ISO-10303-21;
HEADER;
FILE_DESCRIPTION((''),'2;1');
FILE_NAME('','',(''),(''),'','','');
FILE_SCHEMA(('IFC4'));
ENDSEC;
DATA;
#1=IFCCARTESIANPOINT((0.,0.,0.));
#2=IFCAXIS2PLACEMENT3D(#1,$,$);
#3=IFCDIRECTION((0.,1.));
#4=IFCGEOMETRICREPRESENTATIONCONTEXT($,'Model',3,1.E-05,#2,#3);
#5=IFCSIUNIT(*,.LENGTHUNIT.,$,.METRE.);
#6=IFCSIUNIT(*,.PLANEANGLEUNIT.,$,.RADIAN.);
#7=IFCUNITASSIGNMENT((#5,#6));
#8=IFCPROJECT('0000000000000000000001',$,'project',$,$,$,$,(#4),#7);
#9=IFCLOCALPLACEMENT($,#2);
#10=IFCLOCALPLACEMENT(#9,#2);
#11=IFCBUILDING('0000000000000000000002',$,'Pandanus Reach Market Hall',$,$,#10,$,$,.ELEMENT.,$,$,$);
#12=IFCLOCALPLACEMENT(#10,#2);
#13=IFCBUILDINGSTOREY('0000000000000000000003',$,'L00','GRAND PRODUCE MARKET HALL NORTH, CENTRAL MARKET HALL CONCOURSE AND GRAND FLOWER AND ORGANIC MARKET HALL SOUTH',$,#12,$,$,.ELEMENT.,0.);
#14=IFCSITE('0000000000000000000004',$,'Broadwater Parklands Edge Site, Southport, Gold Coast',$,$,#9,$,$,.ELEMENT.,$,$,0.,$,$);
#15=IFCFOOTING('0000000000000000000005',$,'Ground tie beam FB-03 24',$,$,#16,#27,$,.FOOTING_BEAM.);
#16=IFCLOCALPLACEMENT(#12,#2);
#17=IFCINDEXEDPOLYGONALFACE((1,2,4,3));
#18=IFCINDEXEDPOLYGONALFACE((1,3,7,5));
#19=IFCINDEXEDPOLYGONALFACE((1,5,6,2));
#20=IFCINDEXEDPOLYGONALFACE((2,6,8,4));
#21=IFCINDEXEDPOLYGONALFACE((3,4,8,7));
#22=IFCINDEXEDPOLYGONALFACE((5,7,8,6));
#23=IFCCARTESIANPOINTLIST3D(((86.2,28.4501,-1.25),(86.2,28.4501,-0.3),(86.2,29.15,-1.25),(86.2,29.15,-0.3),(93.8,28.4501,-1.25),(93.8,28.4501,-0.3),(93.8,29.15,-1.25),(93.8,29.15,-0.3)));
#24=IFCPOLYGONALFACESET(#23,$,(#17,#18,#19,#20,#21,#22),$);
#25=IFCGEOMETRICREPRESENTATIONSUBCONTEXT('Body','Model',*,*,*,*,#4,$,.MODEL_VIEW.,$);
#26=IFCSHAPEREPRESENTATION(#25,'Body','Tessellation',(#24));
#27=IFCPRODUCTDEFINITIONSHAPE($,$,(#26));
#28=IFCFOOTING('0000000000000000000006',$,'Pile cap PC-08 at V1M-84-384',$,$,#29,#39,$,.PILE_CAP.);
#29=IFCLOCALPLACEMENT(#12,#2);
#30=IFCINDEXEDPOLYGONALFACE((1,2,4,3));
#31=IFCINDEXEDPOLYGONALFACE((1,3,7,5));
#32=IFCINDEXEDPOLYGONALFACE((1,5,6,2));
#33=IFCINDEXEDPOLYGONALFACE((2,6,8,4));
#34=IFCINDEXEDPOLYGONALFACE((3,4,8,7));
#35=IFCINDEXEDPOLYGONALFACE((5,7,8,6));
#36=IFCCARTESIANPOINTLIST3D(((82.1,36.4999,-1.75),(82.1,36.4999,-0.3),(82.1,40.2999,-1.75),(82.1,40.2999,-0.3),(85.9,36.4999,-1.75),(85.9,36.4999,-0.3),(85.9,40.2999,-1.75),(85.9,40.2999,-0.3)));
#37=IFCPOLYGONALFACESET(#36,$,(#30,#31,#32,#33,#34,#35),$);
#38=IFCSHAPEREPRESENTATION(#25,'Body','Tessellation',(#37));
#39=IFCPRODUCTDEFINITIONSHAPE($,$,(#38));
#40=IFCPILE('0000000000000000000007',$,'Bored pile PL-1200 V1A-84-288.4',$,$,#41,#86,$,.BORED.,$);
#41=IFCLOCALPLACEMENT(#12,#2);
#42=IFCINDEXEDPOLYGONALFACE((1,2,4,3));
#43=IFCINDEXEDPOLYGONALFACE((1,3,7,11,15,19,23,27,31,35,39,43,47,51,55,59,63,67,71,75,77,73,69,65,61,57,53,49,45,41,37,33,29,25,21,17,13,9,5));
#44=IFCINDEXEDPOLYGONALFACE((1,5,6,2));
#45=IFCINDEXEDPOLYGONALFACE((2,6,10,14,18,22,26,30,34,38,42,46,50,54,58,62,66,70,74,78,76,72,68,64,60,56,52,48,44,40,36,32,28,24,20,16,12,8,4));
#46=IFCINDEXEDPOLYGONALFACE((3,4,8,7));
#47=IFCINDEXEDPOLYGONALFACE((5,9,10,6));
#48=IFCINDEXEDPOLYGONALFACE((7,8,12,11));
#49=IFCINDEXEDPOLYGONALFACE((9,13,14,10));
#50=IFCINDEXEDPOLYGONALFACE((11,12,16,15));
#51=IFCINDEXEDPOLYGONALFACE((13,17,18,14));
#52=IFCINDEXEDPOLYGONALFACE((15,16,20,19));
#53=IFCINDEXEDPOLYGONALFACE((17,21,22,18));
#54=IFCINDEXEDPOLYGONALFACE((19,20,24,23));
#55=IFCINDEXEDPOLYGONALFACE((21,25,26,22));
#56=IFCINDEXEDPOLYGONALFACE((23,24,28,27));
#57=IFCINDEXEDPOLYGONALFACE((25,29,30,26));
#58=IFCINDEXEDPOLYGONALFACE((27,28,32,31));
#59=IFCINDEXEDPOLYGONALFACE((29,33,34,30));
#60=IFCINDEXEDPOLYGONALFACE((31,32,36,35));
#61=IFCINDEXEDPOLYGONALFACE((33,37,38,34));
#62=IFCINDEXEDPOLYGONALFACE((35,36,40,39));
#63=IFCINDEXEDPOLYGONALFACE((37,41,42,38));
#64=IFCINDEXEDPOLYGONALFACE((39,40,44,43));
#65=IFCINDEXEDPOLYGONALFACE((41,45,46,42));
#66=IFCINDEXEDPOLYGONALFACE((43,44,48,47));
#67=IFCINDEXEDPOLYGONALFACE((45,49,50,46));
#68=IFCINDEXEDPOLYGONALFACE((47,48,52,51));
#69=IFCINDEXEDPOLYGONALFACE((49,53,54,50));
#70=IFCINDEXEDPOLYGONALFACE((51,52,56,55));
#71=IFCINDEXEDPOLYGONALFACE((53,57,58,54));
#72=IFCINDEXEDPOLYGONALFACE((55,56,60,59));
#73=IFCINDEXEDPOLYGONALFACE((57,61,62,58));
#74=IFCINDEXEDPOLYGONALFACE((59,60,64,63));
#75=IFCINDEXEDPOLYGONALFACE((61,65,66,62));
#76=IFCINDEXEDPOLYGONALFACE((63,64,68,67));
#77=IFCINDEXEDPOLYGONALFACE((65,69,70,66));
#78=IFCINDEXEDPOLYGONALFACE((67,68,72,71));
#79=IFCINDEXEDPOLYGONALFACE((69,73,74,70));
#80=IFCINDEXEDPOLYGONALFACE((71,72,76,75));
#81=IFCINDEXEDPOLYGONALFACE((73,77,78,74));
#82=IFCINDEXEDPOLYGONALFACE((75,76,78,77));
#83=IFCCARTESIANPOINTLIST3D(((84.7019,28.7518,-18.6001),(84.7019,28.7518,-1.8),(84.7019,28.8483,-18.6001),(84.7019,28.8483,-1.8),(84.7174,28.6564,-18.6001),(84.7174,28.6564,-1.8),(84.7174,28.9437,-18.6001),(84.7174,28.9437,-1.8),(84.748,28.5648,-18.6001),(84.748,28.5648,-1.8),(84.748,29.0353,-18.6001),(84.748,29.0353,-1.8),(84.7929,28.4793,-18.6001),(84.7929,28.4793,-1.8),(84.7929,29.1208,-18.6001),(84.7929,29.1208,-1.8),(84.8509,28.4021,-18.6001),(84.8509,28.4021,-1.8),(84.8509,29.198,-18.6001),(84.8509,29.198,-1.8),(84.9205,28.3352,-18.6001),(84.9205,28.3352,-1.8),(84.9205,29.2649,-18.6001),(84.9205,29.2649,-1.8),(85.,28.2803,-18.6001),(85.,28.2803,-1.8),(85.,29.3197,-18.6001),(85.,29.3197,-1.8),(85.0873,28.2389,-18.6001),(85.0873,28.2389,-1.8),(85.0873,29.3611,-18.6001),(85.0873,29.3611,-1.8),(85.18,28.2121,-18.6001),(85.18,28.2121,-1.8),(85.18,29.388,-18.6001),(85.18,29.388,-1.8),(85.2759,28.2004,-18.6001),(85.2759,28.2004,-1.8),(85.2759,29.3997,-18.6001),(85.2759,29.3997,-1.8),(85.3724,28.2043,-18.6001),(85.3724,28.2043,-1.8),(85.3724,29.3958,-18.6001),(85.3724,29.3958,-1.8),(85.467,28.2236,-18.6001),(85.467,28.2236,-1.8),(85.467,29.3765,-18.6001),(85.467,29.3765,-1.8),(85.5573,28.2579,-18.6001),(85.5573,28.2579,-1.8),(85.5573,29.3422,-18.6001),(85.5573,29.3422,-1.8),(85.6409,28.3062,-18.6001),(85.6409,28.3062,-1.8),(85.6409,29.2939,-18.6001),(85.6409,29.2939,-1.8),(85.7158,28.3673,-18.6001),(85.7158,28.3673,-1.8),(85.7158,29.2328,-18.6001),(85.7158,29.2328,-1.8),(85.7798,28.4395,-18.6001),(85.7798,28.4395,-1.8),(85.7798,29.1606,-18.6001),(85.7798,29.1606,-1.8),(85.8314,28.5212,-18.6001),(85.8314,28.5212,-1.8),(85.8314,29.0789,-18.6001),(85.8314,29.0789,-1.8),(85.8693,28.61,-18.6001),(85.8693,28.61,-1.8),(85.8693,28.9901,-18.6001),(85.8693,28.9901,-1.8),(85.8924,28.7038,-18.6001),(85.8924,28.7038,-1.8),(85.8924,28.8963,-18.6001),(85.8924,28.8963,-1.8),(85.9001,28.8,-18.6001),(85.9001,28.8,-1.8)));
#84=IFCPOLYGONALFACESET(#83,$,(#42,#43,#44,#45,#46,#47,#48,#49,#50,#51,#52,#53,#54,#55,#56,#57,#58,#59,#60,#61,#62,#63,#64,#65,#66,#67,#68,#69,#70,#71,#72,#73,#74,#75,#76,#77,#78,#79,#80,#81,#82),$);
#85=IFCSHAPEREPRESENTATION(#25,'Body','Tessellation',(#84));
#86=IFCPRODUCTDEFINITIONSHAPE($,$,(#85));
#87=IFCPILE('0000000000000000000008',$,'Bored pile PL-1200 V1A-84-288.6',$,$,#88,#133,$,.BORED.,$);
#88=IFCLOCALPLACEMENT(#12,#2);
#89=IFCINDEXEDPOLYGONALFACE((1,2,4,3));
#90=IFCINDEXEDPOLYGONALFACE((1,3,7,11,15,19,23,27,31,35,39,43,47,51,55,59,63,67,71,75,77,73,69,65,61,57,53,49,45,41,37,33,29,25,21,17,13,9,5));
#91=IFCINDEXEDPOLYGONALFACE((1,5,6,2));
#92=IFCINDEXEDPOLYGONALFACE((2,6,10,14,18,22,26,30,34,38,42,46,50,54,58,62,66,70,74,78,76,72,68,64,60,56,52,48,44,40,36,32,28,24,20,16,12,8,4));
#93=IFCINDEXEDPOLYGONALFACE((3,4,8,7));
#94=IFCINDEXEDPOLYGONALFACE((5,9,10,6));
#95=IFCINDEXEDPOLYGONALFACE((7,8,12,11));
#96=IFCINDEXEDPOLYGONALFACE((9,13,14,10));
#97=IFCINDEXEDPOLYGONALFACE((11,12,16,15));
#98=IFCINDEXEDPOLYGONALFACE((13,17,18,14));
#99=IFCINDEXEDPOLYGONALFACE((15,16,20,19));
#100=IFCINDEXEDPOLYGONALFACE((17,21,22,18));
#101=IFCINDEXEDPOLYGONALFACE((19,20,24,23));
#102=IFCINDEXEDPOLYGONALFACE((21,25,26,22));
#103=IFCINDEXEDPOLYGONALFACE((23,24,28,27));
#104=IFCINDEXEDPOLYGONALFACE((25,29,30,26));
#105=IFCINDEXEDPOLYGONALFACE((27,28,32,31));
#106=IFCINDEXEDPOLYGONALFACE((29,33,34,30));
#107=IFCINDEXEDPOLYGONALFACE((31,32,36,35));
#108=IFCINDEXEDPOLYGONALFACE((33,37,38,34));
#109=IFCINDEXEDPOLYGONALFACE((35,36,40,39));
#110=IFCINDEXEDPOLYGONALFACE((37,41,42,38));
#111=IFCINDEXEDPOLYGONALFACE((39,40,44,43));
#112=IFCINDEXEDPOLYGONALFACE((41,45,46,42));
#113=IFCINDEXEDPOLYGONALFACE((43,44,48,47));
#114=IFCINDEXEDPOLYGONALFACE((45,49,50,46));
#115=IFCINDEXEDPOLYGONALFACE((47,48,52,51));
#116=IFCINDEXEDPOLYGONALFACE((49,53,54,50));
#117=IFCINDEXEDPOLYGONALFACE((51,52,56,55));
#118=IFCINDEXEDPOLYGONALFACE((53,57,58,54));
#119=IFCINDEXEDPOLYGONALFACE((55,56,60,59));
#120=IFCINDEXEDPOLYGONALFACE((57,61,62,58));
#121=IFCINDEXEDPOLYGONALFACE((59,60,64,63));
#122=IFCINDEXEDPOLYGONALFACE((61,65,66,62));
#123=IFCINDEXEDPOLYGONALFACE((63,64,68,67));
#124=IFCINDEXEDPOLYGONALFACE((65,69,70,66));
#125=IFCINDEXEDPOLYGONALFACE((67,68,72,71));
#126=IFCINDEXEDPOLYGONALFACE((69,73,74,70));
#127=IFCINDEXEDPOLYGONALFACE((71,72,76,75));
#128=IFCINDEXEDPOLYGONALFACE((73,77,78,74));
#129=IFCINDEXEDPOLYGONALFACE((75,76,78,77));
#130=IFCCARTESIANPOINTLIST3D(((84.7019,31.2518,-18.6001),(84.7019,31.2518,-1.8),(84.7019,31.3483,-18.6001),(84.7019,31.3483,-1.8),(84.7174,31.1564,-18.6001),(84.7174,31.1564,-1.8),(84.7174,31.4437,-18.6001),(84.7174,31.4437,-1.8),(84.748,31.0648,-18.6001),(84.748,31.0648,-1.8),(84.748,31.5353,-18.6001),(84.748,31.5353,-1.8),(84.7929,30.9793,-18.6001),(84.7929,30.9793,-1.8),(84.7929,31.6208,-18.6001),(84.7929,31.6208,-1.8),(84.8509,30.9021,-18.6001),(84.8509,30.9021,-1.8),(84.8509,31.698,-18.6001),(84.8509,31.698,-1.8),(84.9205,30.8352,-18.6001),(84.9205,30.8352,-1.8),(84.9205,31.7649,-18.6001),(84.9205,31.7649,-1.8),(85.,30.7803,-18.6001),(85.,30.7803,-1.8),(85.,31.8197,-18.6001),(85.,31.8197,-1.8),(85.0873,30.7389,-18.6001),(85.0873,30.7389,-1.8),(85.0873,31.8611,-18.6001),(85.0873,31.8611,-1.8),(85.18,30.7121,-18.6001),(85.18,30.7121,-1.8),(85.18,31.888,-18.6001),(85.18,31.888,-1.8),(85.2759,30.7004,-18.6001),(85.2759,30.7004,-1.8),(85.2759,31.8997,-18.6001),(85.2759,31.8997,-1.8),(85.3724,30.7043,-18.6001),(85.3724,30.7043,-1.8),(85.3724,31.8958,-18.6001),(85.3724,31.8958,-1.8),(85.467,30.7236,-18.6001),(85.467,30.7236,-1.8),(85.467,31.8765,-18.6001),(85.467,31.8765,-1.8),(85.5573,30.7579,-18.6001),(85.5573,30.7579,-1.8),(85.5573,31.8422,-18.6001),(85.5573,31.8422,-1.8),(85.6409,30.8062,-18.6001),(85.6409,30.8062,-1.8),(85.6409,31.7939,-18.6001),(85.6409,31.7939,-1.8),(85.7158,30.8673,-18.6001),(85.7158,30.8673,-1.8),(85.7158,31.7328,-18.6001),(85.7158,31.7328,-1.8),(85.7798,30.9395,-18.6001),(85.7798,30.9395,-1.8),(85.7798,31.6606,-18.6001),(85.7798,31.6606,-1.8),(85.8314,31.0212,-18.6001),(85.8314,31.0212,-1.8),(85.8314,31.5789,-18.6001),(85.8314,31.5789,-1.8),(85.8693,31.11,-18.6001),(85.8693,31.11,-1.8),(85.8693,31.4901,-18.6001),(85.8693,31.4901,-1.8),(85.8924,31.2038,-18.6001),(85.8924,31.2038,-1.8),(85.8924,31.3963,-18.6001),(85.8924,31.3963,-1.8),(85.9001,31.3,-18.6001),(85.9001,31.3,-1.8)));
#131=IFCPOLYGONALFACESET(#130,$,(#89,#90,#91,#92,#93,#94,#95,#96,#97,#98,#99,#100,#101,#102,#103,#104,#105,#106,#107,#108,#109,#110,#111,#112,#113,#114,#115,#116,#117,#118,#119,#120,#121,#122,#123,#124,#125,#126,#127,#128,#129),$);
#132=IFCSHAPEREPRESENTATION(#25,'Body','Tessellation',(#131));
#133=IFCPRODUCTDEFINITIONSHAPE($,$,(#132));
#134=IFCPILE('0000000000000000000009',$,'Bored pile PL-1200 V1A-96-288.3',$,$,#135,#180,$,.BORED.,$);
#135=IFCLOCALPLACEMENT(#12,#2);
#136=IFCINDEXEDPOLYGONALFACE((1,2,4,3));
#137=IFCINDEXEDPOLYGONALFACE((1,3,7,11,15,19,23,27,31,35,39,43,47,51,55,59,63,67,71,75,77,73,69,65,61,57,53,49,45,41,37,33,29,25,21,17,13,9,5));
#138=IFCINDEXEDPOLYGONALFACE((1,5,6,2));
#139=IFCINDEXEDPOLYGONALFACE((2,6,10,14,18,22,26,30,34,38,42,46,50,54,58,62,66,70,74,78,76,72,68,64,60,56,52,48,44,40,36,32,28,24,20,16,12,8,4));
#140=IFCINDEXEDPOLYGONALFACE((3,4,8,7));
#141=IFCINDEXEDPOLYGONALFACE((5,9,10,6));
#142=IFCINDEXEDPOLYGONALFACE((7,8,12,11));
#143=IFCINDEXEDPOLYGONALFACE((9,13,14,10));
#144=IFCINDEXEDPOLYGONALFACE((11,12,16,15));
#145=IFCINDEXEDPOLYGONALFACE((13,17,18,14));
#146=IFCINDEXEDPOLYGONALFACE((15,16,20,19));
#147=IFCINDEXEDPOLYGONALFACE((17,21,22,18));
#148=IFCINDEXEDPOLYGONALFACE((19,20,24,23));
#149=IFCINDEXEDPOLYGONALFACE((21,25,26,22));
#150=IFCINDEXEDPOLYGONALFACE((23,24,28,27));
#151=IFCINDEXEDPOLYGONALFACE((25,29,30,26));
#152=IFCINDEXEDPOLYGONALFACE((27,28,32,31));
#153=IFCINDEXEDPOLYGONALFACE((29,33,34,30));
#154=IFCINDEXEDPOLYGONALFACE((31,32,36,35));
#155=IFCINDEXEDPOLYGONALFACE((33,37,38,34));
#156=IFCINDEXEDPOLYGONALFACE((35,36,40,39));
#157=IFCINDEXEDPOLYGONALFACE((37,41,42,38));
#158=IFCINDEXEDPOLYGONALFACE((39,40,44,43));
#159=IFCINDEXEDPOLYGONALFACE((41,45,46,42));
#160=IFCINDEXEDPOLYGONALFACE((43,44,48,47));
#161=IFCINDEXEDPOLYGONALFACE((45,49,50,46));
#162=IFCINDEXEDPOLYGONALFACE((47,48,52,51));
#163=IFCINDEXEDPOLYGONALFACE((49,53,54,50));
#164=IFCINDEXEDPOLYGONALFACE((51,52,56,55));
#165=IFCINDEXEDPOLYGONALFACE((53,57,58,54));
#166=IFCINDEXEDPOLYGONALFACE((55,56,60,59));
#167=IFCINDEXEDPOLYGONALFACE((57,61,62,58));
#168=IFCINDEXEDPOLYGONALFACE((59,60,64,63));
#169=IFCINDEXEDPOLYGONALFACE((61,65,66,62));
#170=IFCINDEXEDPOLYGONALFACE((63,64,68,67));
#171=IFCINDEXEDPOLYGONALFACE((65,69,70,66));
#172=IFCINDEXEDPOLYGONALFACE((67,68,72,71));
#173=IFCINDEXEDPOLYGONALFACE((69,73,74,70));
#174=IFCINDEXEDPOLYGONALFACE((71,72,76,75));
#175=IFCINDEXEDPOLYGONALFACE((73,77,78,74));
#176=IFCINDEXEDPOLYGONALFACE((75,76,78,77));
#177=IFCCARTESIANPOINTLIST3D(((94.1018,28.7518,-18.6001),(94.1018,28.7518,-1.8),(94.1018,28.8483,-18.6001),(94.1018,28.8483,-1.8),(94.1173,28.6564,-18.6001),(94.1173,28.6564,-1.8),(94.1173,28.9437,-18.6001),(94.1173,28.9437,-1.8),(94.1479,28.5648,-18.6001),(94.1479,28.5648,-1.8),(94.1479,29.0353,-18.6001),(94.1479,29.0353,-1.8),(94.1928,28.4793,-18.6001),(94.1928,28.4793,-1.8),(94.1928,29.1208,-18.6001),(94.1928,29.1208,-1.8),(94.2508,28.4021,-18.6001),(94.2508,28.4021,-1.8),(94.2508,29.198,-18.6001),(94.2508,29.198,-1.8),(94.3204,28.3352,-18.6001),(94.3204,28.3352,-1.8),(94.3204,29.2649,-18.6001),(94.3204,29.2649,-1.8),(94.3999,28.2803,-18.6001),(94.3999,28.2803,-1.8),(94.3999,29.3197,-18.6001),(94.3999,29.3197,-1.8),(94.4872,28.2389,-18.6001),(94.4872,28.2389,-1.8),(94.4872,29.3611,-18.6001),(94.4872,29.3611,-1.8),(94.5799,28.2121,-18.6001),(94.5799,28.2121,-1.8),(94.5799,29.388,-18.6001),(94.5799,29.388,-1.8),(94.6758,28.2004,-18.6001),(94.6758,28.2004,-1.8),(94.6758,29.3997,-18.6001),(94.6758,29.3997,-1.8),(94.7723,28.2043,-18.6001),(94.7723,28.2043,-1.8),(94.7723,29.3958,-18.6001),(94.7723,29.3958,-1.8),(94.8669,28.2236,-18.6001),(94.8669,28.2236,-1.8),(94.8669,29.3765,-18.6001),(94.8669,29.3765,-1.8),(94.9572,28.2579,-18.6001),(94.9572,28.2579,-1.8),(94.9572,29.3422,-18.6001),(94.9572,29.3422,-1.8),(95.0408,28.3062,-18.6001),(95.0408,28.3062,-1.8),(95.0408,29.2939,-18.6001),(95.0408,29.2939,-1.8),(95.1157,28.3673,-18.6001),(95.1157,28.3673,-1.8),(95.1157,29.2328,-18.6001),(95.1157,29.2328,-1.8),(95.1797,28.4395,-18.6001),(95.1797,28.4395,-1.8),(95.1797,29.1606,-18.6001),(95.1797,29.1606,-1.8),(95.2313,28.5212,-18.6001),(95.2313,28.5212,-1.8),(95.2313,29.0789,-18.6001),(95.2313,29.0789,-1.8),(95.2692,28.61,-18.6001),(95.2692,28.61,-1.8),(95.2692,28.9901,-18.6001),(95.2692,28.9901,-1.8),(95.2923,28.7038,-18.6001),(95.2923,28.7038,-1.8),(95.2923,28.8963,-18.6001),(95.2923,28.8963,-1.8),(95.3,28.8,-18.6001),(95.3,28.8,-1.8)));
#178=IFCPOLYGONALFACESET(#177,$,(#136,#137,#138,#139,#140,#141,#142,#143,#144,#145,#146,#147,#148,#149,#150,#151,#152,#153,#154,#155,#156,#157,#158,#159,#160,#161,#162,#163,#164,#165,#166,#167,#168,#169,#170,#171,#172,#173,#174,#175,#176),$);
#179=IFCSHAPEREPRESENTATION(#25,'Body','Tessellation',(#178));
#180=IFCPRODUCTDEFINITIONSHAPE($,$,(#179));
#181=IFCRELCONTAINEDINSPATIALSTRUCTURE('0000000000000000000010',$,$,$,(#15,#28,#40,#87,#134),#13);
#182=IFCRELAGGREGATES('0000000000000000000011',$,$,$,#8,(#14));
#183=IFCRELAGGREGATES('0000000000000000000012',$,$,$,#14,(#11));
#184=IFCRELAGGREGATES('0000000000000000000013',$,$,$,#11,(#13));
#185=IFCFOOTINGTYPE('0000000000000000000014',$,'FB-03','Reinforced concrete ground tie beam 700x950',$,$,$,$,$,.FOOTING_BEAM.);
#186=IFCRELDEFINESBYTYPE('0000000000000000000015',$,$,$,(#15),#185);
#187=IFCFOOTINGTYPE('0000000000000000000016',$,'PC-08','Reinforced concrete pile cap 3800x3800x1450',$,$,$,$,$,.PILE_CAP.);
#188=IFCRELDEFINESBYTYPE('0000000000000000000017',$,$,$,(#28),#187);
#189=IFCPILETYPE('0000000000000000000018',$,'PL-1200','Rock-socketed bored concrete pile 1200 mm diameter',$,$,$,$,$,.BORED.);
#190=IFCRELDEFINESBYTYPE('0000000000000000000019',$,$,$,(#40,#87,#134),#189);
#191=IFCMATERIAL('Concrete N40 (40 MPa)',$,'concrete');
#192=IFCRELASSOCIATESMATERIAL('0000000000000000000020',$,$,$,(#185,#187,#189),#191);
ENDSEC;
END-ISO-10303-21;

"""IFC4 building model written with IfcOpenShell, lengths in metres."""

from ifc_helpers import new_model, si_unit, direction, frame, origin, origin_2d, place, context, subcontext, project, spatial, rectangle, circle, extrude, material, material_profile, profile_set, type_object, element, save


model = new_model("IFC4")

# Units and contexts
model_context = context("Model", 3, precision=1e-05, world=origin(), true_north=direction((0.0, 1.0)))
body_context = subcontext(model_context, "Body", "Model", "MODEL_VIEW")
ifc_project = project(units=[si_unit("LENGTHUNIT", "METRE"), si_unit("PLANEANGLEUNIT", "RADIAN")], contexts=[model_context])

# Site, building, storey
site_placement = place(None, origin())
site = spatial("IfcSite", under=ifc_project, at=site_placement, Name="Broadwater Parklands Edge Site, Southport, Gold Coast", CompositionType="ELEMENT", RefElevation=0.0)
building_placement = place(site_placement, origin())
building = spatial("IfcBuilding", under=site, at=building_placement, Name="Pandanus Reach Market Hall", CompositionType="ELEMENT")
storey_placement = place(building_placement, origin())
storey = spatial("IfcBuildingStorey", under=building, at=storey_placement, Name="L00", Description="GRAND PRODUCE MARKET HALL NORTH, CENTRAL MARKET HALL CONCOURSE AND GRAND FLOWER AND ORGANIC MARKET HALL SOUTH", CompositionType="ELEMENT", Elevation=0.0)

# Footings
ifc_material_1 = material(Name="Concrete N40 (40 MPa)", Category="concrete")
footing_type_1 = type_object("IfcFootingType", Name="FB-03", Description="Reinforced concrete ground tie beam 700x950", PredefinedType="FOOTING_BEAM", material=ifc_material_1)
footing_1_placement = place(storey_placement, frame((90.0, 28.8, -1.25), z_axis=(0.0, 0.0, 1.0), x_axis=(1.0, 0.0, 0.0)))
element("IfcFooting", 1, at=footing_1_placement, inside=storey, type_object=footing_type_1, Name="Ground tie beam FB-03 24", PredefinedType="FOOTING_BEAM", context=body_context, shape_type="SweptSolid", body=[
    extrude(rectangle(XDim=7.6001, YDim=0.7, at=origin_2d()), origin(), (0.0, 0.0, 1.0), 0.95),
])
footing_type_2 = type_object("IfcFootingType", Name="PC-08", Description="Reinforced concrete pile cap 3800x3800x1450", PredefinedType="PILE_CAP", material=ifc_material_1)
footing_2_placement = place(storey_placement, frame((84.0, 38.3999, -1.75), z_axis=(0.0, 0.0, 1.0), x_axis=(1.0, 0.0, 0.0)))
element("IfcFooting", 2, at=footing_2_placement, inside=storey, type_object=footing_type_2, Name="Pile cap PC-08 at V1M-84-384", PredefinedType="PILE_CAP", context=body_context, shape_type="SweptSolid", body=[
    extrude(rectangle(XDim=3.8, YDim=3.8, at=origin_2d()), origin(), (0.0, 0.0, 1.0), 1.45),
])

# Piles
ifc_material_profile_1 = material_profile(ifc_material_1, circle(Radius=0.6001, at=origin_2d()), Name="PILE-1200D", Category="LoadBearing")
ifc_profile_set_1 = profile_set([ifc_material_profile_1], Name="Concrete N40 (40 MPa)")
pile_type_1 = type_object("IfcPileType", Name="PL-1200", Description="Rock-socketed bored concrete pile 1200 mm diameter", PredefinedType="BORED", material=ifc_profile_set_1)
for number, where, z_axis, x_axis, name in (
    (3, (85.3, 28.8, -1.8), (0.0, 0.0, -1.0), (1.0, 0.0, 0.0), "Bored pile PL-1200 V1A-84-288.4"),
    (4, (85.3, 31.3, -1.8), (0.0, 0.0, -1.0), (1.0, 0.0, 0.0), "Bored pile PL-1200 V1A-84-288.6"),
    (5, (94.7, 28.8, -1.8), (0.0, 0.0, -1.0), (1.0, 0.0, 0.0), "Bored pile PL-1200 V1A-96-288.3"),
):
    element("IfcPile", number, at=place(storey_placement, frame(where, z_axis=z_axis, x_axis=x_axis)), inside=storey, type_object=pile_type_1, Name=name, PredefinedType="BORED", context=body_context, shape_type="SweptSolid", body=[
        extrude(circle(Radius=0.6001, at=origin_2d()), origin(), (0.0, 0.0, 1.0), 16.8),
    ])

save(model, "model.ifc")
